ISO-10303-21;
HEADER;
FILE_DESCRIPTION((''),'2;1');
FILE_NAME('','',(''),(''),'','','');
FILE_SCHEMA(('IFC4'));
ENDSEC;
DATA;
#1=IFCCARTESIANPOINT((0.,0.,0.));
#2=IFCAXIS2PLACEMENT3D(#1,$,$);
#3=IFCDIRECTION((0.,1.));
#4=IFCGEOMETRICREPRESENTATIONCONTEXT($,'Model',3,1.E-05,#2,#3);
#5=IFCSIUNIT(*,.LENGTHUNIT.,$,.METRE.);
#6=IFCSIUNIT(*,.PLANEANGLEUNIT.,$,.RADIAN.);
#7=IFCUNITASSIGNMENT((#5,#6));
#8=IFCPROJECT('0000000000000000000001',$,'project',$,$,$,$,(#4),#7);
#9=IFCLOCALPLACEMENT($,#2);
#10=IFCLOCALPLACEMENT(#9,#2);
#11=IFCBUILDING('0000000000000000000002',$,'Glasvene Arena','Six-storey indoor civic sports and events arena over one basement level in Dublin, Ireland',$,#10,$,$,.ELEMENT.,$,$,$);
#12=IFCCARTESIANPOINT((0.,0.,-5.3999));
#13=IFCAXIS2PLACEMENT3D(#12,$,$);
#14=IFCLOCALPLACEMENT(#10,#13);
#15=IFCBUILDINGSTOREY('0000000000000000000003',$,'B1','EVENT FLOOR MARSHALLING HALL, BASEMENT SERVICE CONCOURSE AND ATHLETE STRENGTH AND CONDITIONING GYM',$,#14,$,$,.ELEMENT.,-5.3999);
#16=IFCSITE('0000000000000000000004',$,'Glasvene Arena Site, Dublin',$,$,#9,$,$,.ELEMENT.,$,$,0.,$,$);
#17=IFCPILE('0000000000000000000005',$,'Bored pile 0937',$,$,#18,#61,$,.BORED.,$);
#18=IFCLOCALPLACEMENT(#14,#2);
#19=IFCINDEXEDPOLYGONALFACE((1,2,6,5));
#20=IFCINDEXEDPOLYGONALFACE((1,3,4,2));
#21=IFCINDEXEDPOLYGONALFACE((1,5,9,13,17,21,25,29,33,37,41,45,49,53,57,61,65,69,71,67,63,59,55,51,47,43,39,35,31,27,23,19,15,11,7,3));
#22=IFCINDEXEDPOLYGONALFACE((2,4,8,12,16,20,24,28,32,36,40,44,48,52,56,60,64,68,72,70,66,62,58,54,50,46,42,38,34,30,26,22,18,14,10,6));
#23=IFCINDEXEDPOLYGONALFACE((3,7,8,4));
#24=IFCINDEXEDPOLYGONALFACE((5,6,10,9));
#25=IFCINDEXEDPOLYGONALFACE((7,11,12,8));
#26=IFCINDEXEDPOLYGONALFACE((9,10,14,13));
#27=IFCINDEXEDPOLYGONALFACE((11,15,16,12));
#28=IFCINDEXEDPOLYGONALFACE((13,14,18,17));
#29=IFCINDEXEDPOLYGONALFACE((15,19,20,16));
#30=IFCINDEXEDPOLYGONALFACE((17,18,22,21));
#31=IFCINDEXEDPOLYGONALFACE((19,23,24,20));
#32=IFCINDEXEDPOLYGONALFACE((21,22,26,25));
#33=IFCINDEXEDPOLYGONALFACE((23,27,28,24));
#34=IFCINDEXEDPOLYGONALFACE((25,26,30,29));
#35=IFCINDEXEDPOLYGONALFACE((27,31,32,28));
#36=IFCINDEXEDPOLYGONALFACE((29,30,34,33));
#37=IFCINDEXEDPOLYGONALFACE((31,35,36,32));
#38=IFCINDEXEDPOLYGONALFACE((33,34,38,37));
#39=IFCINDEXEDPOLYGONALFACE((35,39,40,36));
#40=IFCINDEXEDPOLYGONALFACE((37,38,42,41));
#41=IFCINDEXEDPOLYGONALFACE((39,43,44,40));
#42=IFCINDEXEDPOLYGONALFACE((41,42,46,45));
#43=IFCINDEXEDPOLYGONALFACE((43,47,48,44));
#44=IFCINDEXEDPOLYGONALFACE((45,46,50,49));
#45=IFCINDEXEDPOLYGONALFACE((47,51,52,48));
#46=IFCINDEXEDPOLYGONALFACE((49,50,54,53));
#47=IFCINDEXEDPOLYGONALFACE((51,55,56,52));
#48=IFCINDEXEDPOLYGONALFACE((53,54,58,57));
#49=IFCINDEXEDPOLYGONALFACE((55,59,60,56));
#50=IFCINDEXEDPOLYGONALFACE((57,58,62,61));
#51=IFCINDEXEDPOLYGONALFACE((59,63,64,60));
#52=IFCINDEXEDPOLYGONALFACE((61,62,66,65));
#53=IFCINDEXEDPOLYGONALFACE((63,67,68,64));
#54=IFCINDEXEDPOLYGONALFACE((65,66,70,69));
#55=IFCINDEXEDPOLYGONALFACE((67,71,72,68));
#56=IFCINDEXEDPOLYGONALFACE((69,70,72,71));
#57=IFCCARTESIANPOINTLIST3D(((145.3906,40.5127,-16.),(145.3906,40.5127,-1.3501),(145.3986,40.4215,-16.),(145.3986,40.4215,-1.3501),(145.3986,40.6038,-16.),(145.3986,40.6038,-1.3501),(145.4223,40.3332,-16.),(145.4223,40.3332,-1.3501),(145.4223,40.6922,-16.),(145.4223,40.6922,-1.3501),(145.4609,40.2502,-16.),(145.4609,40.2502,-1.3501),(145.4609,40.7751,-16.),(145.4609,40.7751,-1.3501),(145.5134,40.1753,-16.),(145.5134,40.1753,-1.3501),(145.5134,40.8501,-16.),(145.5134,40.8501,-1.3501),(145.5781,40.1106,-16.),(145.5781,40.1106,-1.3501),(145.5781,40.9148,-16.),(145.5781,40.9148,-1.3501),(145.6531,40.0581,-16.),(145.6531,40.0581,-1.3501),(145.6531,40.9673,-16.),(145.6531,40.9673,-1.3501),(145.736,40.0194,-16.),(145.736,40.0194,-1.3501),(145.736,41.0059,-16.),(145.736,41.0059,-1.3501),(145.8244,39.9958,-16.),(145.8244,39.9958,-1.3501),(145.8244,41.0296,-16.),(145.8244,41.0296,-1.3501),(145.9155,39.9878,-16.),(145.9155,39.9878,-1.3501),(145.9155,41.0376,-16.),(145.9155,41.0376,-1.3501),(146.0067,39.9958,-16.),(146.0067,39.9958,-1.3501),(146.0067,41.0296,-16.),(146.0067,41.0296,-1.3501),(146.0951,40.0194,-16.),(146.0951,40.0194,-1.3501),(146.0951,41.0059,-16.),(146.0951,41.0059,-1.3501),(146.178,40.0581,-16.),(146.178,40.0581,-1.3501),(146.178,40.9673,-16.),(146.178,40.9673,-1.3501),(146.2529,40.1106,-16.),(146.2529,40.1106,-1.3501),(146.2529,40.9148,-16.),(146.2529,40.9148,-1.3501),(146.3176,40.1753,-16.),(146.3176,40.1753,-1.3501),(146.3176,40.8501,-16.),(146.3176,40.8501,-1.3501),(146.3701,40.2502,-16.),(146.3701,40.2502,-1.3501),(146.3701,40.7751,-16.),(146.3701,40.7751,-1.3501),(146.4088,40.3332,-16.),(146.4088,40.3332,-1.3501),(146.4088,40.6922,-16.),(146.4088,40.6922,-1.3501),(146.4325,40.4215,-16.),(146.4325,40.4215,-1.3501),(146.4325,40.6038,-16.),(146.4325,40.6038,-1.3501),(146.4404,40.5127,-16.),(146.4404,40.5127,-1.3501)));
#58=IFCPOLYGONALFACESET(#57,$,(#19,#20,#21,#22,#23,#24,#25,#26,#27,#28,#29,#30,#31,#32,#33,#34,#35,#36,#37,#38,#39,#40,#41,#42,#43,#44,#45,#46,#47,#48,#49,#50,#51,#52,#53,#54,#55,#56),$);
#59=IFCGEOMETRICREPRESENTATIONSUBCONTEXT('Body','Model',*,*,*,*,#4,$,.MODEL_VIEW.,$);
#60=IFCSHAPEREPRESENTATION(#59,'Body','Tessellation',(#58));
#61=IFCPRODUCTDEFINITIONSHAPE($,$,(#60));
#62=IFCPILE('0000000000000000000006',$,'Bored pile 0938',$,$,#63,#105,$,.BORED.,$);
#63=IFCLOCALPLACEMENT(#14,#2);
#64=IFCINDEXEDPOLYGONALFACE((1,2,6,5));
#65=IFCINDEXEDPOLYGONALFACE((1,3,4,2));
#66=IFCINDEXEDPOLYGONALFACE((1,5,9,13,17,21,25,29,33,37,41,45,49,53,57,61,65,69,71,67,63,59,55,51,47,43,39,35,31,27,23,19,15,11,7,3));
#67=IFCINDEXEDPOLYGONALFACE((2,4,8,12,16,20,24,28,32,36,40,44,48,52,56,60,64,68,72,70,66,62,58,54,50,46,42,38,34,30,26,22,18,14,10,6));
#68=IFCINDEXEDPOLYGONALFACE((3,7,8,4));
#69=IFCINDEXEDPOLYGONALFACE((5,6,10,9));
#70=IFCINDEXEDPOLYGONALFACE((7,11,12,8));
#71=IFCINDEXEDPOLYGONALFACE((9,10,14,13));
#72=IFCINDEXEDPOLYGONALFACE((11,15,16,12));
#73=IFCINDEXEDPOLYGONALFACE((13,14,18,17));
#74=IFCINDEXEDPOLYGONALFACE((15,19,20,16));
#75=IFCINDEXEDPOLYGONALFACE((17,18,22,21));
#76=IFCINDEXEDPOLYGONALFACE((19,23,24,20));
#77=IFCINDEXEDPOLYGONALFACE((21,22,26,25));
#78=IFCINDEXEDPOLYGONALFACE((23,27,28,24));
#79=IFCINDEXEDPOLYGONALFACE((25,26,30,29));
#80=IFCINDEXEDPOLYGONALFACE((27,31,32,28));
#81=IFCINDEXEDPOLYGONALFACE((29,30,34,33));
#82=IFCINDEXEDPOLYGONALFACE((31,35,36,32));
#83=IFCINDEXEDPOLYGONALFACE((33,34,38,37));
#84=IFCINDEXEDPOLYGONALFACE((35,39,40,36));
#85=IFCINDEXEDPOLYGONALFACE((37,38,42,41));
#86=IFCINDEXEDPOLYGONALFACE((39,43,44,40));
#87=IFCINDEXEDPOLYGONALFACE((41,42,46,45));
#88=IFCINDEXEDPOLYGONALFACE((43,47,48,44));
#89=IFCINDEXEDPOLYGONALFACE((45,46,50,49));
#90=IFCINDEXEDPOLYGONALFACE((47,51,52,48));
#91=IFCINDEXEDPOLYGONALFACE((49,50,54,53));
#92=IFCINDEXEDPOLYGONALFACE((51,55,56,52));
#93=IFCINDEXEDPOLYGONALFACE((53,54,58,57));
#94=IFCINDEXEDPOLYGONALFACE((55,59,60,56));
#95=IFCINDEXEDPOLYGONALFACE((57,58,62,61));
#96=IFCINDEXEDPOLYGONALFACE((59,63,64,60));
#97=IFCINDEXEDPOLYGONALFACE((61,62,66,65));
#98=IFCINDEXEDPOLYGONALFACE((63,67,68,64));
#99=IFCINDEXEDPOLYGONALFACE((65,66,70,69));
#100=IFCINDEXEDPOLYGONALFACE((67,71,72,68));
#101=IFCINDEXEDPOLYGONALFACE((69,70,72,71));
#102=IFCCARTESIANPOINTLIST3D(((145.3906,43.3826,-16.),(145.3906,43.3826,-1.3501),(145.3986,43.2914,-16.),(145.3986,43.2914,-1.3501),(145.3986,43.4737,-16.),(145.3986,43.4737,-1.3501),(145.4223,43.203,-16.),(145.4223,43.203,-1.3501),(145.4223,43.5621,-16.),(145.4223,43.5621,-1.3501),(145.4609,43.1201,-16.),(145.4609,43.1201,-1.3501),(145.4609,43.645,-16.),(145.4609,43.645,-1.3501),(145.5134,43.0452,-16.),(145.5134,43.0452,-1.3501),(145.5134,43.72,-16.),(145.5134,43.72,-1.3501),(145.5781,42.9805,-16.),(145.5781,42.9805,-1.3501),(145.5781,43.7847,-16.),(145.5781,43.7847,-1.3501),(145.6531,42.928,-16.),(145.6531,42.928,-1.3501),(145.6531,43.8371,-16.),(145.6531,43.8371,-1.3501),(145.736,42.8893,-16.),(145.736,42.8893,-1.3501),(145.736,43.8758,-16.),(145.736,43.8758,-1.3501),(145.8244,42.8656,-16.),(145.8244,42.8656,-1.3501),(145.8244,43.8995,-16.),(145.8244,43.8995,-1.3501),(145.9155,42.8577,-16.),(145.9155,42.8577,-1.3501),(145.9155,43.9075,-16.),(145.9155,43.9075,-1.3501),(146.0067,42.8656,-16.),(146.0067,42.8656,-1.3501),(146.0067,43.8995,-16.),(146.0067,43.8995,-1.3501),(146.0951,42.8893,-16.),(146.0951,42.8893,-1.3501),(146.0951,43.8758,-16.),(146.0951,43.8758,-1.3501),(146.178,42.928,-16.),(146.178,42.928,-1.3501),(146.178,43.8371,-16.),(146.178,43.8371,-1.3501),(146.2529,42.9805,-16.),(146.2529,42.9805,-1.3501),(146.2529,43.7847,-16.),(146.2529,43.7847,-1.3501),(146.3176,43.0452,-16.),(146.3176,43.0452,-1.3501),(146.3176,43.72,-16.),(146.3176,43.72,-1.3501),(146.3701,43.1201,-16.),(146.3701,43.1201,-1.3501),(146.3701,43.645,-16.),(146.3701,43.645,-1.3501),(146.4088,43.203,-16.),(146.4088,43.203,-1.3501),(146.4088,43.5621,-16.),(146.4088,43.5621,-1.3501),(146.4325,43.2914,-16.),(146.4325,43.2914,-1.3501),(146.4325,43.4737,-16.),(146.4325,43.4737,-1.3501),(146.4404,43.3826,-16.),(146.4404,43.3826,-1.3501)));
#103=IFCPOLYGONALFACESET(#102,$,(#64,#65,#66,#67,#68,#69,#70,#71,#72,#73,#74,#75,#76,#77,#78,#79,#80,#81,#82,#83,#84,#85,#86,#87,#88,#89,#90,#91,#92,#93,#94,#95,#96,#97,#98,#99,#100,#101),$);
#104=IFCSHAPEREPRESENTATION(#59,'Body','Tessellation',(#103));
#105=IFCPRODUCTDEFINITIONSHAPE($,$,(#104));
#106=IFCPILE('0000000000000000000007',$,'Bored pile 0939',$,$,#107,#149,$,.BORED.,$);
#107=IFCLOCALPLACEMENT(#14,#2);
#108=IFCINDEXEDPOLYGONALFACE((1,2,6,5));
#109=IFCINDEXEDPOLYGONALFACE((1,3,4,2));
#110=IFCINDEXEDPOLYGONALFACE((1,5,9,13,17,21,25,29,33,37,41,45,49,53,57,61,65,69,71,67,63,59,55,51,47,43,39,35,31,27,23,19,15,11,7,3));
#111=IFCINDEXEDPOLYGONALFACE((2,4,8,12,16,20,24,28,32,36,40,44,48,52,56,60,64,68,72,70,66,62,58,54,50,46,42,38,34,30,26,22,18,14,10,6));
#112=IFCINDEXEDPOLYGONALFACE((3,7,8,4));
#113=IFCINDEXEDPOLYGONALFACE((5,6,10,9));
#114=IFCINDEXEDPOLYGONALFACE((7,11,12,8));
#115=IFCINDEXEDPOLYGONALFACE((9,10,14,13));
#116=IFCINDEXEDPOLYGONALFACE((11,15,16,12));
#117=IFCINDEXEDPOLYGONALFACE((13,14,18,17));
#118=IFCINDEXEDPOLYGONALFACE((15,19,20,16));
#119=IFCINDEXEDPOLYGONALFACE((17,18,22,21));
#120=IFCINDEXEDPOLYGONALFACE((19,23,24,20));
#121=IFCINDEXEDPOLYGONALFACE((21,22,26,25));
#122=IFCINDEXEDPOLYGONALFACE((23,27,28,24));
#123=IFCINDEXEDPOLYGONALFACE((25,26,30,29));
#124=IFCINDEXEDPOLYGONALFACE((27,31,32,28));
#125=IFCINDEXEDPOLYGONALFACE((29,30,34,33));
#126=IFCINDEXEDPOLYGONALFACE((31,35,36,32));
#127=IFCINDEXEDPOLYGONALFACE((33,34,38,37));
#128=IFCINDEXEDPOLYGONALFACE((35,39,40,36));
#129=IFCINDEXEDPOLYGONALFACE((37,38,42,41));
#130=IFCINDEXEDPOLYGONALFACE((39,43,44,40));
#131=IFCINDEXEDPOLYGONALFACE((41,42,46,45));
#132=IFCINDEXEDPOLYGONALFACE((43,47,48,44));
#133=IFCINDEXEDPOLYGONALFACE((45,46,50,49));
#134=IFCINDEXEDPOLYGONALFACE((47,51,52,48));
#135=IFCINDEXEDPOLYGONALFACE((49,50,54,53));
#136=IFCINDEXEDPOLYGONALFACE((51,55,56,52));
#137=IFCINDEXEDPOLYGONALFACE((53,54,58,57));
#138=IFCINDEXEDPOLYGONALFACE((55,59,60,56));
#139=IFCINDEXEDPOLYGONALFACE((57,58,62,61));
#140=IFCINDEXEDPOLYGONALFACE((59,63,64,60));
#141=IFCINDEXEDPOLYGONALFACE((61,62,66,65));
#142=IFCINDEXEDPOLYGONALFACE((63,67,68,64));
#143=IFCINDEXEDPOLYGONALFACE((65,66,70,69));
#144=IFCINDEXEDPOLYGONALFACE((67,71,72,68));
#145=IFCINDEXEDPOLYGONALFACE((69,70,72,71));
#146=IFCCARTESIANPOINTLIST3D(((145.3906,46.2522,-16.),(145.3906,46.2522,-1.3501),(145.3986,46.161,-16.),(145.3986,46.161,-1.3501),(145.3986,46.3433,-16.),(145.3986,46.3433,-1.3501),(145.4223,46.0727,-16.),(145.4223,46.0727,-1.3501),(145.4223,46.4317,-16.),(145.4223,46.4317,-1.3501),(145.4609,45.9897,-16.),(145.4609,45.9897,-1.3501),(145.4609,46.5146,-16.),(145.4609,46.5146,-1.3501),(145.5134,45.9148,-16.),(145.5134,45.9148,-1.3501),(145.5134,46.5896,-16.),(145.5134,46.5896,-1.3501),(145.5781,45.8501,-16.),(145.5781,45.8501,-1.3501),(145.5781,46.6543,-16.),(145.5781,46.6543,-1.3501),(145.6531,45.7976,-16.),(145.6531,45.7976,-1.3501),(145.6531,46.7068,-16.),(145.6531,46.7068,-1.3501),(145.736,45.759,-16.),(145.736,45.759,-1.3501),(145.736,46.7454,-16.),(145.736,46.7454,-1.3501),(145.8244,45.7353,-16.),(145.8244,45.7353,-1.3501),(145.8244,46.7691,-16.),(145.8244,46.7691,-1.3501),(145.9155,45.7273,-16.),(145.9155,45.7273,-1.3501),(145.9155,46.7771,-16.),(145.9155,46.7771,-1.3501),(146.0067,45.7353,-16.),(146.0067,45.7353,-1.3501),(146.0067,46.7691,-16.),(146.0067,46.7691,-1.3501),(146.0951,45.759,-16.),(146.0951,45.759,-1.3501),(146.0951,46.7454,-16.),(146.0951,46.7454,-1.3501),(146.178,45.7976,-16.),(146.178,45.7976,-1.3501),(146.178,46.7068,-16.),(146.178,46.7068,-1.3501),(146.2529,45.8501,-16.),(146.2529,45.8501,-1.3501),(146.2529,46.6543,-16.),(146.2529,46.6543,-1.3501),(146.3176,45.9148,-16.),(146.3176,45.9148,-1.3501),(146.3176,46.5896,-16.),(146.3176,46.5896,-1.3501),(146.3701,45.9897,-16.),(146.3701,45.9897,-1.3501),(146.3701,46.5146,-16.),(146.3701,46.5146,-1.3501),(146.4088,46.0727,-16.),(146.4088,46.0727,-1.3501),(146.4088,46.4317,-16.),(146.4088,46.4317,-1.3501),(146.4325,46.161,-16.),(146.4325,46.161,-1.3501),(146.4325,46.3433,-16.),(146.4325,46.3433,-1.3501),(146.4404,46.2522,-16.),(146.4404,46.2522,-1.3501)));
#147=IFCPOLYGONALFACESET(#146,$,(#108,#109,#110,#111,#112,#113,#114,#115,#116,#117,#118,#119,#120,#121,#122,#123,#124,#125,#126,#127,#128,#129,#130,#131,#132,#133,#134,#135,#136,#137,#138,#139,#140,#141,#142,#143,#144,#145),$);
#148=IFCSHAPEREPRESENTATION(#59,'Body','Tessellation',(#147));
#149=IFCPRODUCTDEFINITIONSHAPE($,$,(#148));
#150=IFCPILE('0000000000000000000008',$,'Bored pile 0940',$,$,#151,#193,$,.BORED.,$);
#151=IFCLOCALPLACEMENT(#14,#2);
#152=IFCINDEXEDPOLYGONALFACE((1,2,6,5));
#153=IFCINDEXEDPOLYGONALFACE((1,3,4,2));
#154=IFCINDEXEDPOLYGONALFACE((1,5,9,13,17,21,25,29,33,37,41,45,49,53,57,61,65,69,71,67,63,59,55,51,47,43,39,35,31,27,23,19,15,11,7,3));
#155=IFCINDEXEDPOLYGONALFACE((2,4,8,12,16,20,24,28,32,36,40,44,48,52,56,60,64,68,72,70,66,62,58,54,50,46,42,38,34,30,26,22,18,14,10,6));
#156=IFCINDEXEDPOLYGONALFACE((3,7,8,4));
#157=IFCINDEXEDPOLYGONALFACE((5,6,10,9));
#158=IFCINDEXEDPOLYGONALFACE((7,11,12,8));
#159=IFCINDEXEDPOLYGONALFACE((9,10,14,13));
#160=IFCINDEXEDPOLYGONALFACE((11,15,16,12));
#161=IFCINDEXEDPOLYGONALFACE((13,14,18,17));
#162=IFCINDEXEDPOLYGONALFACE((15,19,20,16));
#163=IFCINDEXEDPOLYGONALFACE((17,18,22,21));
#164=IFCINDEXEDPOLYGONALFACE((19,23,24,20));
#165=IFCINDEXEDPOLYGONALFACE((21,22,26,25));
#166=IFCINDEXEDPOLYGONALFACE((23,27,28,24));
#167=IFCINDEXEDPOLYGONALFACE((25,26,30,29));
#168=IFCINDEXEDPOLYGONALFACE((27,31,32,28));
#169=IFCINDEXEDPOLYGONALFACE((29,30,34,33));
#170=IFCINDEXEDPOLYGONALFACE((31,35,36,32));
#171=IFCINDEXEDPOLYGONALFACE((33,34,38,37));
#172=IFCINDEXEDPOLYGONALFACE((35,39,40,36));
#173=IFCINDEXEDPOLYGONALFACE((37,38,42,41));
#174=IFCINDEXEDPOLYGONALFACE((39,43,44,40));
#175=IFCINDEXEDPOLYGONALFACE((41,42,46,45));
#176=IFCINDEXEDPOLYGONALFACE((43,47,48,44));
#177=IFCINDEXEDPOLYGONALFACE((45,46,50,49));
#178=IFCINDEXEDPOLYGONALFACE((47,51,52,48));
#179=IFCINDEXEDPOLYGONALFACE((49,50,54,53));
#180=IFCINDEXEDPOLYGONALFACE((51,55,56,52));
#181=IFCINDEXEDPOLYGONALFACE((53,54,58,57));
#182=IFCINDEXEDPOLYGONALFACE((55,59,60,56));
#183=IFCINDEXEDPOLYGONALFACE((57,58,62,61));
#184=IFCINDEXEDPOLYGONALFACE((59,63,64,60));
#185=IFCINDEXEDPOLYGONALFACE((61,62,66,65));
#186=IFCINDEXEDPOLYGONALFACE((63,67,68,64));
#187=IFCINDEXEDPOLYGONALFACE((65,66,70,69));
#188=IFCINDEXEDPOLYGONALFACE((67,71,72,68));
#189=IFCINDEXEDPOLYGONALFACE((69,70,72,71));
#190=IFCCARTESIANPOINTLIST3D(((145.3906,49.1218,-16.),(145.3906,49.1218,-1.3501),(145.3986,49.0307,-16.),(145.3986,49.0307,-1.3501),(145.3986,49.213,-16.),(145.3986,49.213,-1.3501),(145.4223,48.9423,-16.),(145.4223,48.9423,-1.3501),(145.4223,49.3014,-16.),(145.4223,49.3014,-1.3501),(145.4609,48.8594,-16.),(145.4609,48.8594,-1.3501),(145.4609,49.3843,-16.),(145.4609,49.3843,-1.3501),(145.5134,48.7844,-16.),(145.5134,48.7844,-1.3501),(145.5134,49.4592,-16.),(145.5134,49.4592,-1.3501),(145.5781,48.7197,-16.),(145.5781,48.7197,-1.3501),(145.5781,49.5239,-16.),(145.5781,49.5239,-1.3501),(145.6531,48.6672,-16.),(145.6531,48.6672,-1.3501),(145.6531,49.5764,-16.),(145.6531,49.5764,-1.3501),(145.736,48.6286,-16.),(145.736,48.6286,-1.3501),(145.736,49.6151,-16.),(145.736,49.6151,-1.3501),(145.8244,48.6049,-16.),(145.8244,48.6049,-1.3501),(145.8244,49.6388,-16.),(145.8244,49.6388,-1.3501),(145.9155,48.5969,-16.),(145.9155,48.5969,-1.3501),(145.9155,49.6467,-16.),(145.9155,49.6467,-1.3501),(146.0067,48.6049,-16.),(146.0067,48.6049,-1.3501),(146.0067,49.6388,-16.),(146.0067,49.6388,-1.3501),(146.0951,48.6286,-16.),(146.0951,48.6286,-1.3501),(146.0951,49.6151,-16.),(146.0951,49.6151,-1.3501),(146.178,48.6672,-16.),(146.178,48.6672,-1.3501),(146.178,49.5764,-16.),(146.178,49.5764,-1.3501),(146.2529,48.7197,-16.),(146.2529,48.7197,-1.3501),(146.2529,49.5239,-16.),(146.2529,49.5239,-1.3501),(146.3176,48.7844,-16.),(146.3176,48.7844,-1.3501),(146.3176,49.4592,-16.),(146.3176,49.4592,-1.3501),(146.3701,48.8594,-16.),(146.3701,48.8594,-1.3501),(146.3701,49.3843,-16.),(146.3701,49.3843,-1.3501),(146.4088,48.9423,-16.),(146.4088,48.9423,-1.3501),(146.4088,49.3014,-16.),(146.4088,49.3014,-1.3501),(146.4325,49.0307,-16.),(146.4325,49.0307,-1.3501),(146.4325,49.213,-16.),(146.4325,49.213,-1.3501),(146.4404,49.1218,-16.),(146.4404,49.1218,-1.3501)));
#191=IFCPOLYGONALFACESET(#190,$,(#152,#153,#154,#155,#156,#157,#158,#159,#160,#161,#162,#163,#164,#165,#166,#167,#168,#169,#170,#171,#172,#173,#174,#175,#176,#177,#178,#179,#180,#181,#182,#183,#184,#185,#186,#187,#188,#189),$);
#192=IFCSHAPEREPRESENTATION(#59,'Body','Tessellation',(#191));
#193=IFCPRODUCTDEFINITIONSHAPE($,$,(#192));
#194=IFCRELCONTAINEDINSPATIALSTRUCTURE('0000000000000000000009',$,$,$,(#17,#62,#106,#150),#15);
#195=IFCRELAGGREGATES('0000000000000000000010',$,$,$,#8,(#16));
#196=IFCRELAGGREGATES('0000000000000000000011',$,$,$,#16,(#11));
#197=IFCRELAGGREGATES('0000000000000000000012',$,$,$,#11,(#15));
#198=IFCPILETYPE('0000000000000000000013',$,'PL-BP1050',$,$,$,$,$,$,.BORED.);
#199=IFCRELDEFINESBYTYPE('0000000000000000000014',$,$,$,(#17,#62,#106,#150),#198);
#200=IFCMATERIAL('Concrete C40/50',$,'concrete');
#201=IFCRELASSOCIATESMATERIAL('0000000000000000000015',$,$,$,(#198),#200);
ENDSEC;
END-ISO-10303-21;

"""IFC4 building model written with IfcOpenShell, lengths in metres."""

from ifc_helpers import new_model, si_unit, direction, frame, origin, origin_2d, place, context, subcontext, project, spatial, circle, extrude, material, material_profile, profile_set, type_object, element, save


model = new_model("IFC4")

# Units and contexts
model_context = context("Model", 3, precision=1e-05, world=origin(), true_north=direction((0.0, 1.0)))
body_context = subcontext(model_context, "Body", "Model", "MODEL_VIEW")
ifc_project = project(units=[si_unit("LENGTHUNIT", "METRE"), si_unit("PLANEANGLEUNIT", "RADIAN")], contexts=[model_context])

# Site, building, storey
site_placement = place(None, origin())
site = spatial("IfcSite", under=ifc_project, at=site_placement, Name="Glasvene Arena Site, Dublin", CompositionType="ELEMENT", RefElevation=0.0)
building_placement = place(site_placement, origin())
building = spatial("IfcBuilding", under=site, at=building_placement, Name="Glasvene Arena", Description="Six-storey indoor civic sports and events arena over one basement level in Dublin, Ireland", CompositionType="ELEMENT")
storey_placement = place(building_placement, frame((0.0, 0.0, -5.3999)))
storey = spatial("IfcBuildingStorey", under=building, at=storey_placement, Name="B1", Description="EVENT FLOOR MARSHALLING HALL, BASEMENT SERVICE CONCOURSE AND ATHLETE STRENGTH AND CONDITIONING GYM", CompositionType="ELEMENT", Elevation=-5.3999)

# Piles
ifc_material_1 = material(Name="Concrete C40/50", Category="concrete")
ifc_material_profile_1 = material_profile(ifc_material_1, circle(Radius=0.5249, at=origin_2d()), Name="BORED PILE 1050")
ifc_profile_set_1 = profile_set([ifc_material_profile_1], Name="Concrete C40/50")
pile_type = type_object("IfcPileType", Name="PL-BP1050", PredefinedType="BORED", material=ifc_profile_set_1)
for number, where, z_axis, x_axis, name in (
    (1, (145.9155, 40.5127, -1.3501), (0.0, 0.0, -1.0), (1.0, 0.0, 0.0), "Bored pile 0937"),
    (2, (145.9155, 43.3826, -1.3501), (0.0, 0.0, -1.0), (1.0, 0.0, 0.0), "Bored pile 0938"),
    (3, (145.9155, 46.2522, -1.3501), (0.0, 0.0, -1.0), (1.0, 0.0, 0.0), "Bored pile 0939"),
    (4, (145.9155, 49.1218, -1.3501), (0.0, 0.0, -1.0), (1.0, 0.0, 0.0), "Bored pile 0940"),
):
    element("IfcPile", number, at=place(storey_placement, frame(where, z_axis=z_axis, x_axis=x_axis)), inside=storey, type_object=pile_type, Name=name, PredefinedType="BORED", context=body_context, shape_type="SweptSolid", body=[
        extrude(circle(Radius=0.5249, at=origin_2d()), origin(), (0.0, 0.0, 1.0), 14.6499),
    ])

save(model, "model.ifc")
